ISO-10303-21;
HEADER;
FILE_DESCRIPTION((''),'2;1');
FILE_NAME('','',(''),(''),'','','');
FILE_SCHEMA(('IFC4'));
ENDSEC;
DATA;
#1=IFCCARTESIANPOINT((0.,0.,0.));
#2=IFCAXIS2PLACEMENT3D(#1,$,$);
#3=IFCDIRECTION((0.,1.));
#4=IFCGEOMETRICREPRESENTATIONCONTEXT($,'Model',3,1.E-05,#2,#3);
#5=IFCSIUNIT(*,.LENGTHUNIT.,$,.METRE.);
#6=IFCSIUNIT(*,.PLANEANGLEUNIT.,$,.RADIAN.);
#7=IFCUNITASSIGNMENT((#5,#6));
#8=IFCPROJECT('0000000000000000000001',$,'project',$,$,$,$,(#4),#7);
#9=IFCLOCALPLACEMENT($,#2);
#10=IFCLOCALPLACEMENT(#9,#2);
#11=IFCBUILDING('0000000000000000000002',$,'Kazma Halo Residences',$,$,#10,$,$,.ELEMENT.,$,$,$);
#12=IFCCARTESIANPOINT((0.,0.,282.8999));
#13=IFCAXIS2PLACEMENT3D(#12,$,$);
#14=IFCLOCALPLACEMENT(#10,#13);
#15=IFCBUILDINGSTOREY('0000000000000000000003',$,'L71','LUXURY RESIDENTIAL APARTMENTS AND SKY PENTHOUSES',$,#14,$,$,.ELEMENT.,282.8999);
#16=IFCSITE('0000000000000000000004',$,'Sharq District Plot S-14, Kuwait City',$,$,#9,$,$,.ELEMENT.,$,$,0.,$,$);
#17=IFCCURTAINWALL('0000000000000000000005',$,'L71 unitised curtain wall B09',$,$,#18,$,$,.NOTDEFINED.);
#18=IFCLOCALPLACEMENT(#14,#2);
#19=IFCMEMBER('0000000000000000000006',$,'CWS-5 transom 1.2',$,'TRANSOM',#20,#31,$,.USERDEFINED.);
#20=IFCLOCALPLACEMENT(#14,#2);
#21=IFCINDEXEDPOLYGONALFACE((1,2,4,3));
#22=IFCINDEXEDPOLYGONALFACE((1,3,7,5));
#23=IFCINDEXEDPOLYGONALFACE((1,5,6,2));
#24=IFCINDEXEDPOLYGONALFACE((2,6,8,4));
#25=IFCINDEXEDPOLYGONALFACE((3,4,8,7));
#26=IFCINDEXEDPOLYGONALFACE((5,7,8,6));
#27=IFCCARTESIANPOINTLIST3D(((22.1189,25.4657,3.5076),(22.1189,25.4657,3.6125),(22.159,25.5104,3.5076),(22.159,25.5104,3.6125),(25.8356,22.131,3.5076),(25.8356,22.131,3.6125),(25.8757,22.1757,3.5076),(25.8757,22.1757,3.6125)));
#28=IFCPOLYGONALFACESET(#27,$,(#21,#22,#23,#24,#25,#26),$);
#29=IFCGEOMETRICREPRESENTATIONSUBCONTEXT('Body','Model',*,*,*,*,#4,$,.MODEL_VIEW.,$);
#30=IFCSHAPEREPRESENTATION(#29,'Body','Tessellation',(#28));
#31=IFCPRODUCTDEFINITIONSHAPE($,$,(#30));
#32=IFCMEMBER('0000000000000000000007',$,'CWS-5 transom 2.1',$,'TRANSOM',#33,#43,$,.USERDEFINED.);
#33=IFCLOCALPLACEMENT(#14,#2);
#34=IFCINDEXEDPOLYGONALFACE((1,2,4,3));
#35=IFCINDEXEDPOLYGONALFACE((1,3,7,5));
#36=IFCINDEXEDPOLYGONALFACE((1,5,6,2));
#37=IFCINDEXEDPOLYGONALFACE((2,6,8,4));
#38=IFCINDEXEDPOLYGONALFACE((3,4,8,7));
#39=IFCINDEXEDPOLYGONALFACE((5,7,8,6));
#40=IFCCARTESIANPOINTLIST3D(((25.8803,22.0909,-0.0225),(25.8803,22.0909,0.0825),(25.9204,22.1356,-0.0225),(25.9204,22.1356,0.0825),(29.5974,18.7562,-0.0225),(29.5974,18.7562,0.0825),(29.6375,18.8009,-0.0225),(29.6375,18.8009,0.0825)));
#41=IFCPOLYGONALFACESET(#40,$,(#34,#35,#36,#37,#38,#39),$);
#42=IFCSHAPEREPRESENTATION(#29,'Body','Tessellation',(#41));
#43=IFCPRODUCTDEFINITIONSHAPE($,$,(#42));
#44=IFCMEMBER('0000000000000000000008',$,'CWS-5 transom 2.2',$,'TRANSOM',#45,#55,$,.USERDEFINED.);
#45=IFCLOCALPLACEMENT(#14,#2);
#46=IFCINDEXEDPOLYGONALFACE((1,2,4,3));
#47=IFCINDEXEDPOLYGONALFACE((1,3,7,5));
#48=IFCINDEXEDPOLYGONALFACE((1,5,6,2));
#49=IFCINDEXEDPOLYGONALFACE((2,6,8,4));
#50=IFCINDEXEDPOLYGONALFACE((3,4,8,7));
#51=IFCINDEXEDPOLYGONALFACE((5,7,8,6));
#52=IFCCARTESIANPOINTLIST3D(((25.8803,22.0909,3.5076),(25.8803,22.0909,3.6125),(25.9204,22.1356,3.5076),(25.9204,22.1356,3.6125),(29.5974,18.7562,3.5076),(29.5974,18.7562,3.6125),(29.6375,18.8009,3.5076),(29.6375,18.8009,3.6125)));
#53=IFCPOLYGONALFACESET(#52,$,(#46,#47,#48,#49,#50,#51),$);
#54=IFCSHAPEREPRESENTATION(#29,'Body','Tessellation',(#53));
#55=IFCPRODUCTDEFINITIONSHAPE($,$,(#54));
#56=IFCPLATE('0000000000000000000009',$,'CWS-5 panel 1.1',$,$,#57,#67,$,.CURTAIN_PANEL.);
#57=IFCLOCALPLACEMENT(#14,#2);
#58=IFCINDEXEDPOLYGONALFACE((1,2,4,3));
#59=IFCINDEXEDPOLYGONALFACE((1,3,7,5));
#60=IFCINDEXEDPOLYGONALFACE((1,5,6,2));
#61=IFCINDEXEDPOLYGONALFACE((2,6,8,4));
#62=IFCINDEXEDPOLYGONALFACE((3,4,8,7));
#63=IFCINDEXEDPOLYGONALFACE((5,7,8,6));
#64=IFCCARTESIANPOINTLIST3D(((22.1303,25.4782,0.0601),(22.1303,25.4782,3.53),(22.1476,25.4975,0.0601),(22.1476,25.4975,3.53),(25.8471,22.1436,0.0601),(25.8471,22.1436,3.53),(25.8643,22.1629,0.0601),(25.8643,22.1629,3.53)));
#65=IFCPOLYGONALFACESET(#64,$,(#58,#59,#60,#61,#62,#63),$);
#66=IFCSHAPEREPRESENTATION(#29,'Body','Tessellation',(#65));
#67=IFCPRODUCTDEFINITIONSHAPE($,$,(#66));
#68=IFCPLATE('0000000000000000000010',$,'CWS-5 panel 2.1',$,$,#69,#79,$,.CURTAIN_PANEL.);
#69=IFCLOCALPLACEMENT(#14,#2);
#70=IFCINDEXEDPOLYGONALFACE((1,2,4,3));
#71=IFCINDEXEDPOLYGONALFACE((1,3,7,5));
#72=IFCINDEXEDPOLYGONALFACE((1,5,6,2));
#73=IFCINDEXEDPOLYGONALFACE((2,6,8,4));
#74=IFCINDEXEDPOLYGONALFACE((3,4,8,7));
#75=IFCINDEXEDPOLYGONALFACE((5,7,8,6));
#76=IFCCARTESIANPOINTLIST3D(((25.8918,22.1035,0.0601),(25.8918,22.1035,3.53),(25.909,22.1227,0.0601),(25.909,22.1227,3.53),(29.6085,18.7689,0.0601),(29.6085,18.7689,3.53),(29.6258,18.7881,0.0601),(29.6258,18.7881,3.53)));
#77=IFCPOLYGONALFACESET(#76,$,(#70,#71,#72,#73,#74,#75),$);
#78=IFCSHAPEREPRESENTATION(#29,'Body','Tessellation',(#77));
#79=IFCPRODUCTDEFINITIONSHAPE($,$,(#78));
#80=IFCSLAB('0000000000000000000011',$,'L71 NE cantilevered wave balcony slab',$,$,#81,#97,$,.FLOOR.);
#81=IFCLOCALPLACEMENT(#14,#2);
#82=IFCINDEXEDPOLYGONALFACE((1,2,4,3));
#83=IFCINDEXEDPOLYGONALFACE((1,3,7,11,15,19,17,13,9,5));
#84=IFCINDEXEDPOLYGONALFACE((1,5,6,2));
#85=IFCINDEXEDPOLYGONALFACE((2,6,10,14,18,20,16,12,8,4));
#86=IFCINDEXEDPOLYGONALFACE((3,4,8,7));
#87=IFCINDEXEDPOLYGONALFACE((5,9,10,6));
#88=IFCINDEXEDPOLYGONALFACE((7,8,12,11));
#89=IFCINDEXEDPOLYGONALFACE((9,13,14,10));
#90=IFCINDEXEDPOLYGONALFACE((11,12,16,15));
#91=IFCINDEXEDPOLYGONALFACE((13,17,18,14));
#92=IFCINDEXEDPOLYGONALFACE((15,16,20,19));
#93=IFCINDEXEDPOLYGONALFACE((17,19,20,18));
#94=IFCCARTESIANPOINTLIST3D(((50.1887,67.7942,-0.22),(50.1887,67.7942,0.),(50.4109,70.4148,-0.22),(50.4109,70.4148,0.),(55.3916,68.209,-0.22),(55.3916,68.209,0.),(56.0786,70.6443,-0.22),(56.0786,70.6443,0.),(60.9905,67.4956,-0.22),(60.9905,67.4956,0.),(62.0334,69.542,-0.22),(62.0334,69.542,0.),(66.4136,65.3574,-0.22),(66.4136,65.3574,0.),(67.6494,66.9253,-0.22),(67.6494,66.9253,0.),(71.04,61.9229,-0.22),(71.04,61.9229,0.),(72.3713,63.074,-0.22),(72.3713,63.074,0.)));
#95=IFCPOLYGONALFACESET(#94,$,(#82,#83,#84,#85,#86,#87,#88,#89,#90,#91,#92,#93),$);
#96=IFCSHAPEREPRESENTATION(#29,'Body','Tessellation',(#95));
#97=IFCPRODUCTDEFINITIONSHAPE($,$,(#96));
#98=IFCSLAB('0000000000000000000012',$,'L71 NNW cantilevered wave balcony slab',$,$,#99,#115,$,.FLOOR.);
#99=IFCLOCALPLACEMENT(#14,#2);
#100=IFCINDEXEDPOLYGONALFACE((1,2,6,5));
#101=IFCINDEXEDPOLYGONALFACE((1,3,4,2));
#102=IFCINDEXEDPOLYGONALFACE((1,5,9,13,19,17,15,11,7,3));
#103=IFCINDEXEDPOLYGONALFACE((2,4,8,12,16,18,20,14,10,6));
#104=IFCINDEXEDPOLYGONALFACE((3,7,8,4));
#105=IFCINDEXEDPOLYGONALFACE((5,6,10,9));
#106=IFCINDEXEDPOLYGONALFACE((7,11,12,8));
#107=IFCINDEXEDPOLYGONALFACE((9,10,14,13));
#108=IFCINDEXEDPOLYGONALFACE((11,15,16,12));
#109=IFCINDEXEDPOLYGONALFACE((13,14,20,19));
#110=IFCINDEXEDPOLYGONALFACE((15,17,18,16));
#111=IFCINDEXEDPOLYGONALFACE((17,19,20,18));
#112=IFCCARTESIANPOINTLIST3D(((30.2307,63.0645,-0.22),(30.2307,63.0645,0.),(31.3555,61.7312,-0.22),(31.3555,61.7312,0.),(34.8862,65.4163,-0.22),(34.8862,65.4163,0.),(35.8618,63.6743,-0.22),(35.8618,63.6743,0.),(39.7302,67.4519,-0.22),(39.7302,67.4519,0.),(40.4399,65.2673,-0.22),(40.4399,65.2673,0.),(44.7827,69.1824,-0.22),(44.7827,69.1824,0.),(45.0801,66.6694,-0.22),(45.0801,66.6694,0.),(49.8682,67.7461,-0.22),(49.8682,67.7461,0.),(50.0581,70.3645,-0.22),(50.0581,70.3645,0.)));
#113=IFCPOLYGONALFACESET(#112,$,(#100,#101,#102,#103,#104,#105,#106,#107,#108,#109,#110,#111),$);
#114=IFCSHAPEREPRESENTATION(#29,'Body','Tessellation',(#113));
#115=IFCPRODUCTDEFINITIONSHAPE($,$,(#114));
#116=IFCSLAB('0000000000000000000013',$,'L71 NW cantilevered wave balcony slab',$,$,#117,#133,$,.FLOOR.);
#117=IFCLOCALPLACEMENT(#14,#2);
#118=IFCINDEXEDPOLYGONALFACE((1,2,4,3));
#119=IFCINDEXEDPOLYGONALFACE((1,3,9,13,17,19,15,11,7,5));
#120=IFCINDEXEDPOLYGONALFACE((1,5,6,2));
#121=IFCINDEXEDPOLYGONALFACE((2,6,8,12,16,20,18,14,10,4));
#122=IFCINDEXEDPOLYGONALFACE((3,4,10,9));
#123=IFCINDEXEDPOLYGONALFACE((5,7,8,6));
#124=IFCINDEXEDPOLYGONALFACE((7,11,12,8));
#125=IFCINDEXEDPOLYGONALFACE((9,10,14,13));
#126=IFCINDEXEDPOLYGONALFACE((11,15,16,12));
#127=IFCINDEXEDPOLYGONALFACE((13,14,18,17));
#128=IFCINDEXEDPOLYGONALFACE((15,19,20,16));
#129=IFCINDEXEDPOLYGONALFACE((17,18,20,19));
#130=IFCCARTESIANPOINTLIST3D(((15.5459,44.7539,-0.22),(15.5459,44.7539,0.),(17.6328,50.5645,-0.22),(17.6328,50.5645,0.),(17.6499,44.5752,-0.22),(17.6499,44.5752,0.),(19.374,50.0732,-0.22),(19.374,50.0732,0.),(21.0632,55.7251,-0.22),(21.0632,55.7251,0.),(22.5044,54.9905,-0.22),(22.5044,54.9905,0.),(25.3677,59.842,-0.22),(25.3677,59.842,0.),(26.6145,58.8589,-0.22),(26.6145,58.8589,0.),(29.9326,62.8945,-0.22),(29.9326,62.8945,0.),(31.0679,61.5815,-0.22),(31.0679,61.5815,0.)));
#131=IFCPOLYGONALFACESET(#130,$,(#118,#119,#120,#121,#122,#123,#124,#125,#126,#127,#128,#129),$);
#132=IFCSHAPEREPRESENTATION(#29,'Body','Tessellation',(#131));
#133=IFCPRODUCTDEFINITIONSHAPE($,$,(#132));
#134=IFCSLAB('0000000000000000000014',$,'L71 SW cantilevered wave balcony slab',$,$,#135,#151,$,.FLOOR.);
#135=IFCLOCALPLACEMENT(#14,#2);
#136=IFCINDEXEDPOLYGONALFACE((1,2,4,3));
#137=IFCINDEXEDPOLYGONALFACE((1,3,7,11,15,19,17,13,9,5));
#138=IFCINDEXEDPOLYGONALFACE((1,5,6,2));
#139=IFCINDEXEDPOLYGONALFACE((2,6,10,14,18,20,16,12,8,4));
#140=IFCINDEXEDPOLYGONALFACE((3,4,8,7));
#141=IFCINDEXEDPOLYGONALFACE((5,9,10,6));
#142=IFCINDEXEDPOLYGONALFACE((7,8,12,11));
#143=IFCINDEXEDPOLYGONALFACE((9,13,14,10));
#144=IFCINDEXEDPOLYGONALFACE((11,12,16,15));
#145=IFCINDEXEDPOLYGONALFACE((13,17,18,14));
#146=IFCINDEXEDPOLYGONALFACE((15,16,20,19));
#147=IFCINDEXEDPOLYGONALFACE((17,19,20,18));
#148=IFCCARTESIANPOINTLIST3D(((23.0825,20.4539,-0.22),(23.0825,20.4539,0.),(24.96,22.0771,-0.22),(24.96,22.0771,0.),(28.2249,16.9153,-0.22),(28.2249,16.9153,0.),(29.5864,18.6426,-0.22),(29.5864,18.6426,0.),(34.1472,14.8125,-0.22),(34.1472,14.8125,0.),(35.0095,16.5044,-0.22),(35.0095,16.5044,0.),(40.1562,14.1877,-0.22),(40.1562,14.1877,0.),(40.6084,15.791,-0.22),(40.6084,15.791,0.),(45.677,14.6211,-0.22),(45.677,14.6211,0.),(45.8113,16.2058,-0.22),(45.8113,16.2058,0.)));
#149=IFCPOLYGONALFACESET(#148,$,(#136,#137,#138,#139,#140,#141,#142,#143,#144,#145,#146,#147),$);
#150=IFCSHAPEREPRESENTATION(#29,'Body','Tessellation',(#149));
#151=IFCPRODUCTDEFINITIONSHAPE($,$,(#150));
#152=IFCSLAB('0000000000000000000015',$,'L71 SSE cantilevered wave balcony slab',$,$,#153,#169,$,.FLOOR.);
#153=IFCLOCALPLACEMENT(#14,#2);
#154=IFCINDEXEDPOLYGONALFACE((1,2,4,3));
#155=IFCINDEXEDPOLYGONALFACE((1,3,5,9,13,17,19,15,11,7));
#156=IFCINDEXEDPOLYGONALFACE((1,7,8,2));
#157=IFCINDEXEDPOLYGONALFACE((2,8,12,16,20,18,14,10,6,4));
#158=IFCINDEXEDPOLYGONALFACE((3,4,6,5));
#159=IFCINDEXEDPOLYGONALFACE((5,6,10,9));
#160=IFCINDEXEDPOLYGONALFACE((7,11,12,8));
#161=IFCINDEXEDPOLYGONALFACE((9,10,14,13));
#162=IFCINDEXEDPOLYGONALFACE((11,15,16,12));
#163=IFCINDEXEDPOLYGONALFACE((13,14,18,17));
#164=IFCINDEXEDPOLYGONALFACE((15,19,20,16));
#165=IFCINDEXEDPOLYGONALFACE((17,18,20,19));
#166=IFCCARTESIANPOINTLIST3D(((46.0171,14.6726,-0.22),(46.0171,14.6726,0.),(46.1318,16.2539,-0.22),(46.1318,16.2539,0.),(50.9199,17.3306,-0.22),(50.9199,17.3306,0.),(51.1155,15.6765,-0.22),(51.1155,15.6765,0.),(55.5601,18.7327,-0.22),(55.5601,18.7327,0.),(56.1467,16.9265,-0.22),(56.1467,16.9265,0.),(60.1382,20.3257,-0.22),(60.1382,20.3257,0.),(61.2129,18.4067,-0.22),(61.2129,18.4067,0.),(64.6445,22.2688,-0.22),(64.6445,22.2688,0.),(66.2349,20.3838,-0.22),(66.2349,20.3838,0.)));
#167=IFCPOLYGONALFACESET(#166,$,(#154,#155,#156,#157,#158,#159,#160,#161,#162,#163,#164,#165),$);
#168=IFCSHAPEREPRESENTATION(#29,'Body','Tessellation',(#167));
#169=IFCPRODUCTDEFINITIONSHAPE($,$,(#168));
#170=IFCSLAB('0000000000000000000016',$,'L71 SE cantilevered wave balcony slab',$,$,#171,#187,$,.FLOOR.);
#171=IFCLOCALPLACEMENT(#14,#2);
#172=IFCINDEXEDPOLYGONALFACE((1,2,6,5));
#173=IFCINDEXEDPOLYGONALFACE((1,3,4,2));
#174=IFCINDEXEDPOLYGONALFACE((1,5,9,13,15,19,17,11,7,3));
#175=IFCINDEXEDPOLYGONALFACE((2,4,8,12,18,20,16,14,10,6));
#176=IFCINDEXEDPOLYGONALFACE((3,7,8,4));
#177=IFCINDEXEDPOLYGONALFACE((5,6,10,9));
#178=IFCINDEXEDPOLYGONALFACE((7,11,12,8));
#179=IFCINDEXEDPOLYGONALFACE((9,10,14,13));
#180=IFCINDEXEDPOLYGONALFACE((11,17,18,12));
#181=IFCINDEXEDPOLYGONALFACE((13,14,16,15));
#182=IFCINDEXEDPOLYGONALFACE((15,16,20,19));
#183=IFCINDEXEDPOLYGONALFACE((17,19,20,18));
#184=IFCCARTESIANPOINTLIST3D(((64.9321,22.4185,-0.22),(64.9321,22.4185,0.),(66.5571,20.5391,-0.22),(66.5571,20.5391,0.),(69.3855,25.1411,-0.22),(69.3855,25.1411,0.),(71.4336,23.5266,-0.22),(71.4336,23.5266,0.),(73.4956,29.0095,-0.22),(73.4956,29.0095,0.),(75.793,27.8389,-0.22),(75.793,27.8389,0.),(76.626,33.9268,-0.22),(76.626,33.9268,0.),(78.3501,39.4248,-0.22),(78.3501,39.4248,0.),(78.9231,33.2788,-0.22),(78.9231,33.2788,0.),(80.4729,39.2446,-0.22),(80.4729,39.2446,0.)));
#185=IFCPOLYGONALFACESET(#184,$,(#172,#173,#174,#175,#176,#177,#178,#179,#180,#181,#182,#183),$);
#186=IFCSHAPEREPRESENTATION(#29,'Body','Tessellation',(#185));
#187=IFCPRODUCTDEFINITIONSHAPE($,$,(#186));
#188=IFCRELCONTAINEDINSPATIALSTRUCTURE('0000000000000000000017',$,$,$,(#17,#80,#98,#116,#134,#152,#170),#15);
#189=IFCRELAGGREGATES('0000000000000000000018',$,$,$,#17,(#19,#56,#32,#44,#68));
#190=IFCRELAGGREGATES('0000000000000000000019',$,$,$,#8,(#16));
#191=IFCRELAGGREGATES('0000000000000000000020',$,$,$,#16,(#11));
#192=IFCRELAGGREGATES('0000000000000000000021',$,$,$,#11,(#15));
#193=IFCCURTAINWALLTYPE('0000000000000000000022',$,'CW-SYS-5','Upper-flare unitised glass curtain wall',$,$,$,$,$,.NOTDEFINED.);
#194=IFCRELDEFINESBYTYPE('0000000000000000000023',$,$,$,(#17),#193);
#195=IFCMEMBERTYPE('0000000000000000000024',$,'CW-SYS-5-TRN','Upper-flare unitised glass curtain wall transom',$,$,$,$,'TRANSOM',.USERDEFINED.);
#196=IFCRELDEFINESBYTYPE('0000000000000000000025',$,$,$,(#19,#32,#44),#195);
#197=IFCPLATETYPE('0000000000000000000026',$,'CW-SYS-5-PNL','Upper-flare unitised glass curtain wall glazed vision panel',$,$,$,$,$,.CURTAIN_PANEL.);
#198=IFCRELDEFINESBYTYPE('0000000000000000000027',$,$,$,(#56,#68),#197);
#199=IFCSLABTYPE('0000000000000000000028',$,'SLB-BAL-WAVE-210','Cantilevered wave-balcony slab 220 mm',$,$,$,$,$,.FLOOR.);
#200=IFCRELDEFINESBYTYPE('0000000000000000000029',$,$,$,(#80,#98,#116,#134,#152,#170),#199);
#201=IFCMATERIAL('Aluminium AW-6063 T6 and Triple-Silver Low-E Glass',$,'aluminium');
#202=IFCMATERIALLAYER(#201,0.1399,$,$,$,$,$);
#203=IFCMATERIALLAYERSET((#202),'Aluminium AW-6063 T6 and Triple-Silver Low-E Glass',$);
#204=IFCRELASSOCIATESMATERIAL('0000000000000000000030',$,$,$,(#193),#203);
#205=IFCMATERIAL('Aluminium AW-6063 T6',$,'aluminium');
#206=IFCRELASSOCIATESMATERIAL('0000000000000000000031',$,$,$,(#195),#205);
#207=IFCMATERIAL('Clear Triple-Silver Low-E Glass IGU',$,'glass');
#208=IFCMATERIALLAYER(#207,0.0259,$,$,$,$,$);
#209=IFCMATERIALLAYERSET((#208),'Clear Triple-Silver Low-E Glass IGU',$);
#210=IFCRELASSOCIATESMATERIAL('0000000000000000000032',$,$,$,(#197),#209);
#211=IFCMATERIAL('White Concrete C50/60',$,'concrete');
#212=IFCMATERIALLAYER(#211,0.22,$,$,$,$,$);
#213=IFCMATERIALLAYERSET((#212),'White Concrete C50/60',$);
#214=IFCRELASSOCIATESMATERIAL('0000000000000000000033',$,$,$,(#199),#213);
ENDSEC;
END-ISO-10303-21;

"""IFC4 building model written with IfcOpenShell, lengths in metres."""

from ifc_helpers import new_model, si_unit, direction, frame, origin, origin_2d, place, context, subcontext, project, spatial, polyline, rectangle, outline, extrude, material, layer, layer_set, material_profile, profile_set, type_object, element, aggregate, save


model = new_model("IFC4")

# Units and contexts
model_context = context("Model", 3, precision=1e-05, world=origin(), true_north=direction((0.0, 1.0)))
body_context = subcontext(model_context, "Body", "Model", "MODEL_VIEW")
ifc_project = project(units=[si_unit("LENGTHUNIT", "METRE"), si_unit("PLANEANGLEUNIT", "RADIAN")], contexts=[model_context])

# Site, building, storey
site_placement = place(None, origin())
site = spatial("IfcSite", under=ifc_project, at=site_placement, Name="Sharq District Plot S-14, Kuwait City", CompositionType="ELEMENT", RefElevation=0.0)
building_placement = place(site_placement, origin())
building = spatial("IfcBuilding", under=site, at=building_placement, Name="Kazma Halo Residences", CompositionType="ELEMENT")
storey_placement = place(building_placement, frame((0.0, 0.0, 282.8999)))
storey = spatial("IfcBuildingStorey", under=building, at=storey_placement, Name="L71", Description="LUXURY RESIDENTIAL APARTMENTS AND SKY PENTHOUSES", CompositionType="ELEMENT", Elevation=282.8999)

# Curtain wall, members, plates
ifc_material_1 = material(Name="Aluminium AW-6063 T6 and Triple-Silver Low-E Glass", Category="aluminium")
ifc_layer_1 = layer(ifc_material_1, 0.1399)
ifc_layer_set_1 = layer_set([ifc_layer_1], Name="Aluminium AW-6063 T6 and Triple-Silver Low-E Glass")
curtain_wall_type = type_object("IfcCurtainWallType", Name="CW-SYS-5", Description="Upper-flare unitised glass curtain wall", PredefinedType="NOTDEFINED", material=ifc_layer_set_1)
curtain_wall_placement = place(storey_placement, origin())
curtain_wall = element("IfcCurtainWall", 1, at=curtain_wall_placement, inside=storey, type_object=curtain_wall_type, Name="L71 unitised curtain wall B09", PredefinedType="NOTDEFINED")
ifc_material_2 = material(Name="Aluminium AW-6063 T6", Category="aluminium")
ifc_material_profile_1 = material_profile(ifc_material_2, rectangle(XDim=0.0601, YDim=0.105, at=origin_2d()), Name="CWT-60x105")
ifc_profile_set_1 = profile_set([ifc_material_profile_1], Name="Aluminium AW-6063 T6")
member_type_1 = type_object("IfcMemberType", Name="CW-SYS-5-TRN", Description="Upper-flare unitised glass curtain wall transom", ElementType="TRANSOM", PredefinedType="USERDEFINED", material=ifc_profile_set_1)
member_1_placement = place(storey_placement, frame((22.1389, 25.488, 3.5601), z_axis=(0.744329, -0.667813, 0.0), x_axis=(0.667813, 0.744329, 0.0)))
member_1 = element("IfcMember", 2, at=member_1_placement, type_object=member_type_1, Name="CWS-5 transom 1.2", ObjectType="TRANSOM", PredefinedType="USERDEFINED", context=body_context, shape_type="SweptSolid", body=[
    extrude(rectangle(XDim=0.0601, YDim=0.105, at=origin_2d()), origin(), (0.0, 0.0, 1.0), 4.9934),
])
member_2_placement = place(storey_placement, frame((25.9004, 22.1133, 0.03), z_axis=(0.744351, -0.667789, 0.0), x_axis=(0.667789, 0.744351, 0.0)))
member_2 = element("IfcMember", 3, at=member_2_placement, type_object=member_type_1, Name="CWS-5 transom 2.1", ObjectType="TRANSOM", PredefinedType="USERDEFINED", context=body_context, shape_type="SweptSolid", body=[
    extrude(rectangle(XDim=0.0601, YDim=0.105, at=origin_2d()), origin(), (0.0, 0.0, 1.0), 4.9937),
])
member_3_placement = place(storey_placement, frame((25.9004, 22.1133, 3.5601), z_axis=(0.744351, -0.667789, 0.0), x_axis=(0.667789, 0.744351, 0.0)))
member_3 = element("IfcMember", 4, at=member_3_placement, type_object=member_type_1, Name="CWS-5 transom 2.2", ObjectType="TRANSOM", PredefinedType="USERDEFINED", context=body_context, shape_type="SweptSolid", body=[
    extrude(rectangle(XDim=0.0601, YDim=0.105, at=origin_2d()), origin(), (0.0, 0.0, 1.0), 4.9937),
])
ifc_material_3 = material(Name="Clear Triple-Silver Low-E Glass IGU", Category="glass")
ifc_layer_2 = layer(ifc_material_3, 0.0259)
ifc_layer_set_2 = layer_set([ifc_layer_2], Name="Clear Triple-Silver Low-E Glass IGU")
plate_type = type_object("IfcPlateType", Name="CW-SYS-5-PNL", Description="Upper-flare unitised glass curtain wall glazed vision panel", PredefinedType="CURTAIN_PANEL", material=ifc_layer_set_2)
plate_1_placement = place(storey_placement, frame((23.9973, 23.8206, 0.0601), z_axis=(0.0, 0.0, 1.0), x_axis=(0.744336, -0.667805, 0.0)))
plate_1 = element("IfcPlate", 5, at=plate_1_placement, type_object=plate_type, Name="CWS-5 panel 1.1", PredefinedType="CURTAIN_PANEL", context=body_context, shape_type="SweptSolid", body=[
    extrude(rectangle(XDim=4.9934, YDim=0.0259, at=origin_2d()), origin(), (0.0, 0.0, 1.0), 3.47),
])
plate_2_placement = place(storey_placement, frame((27.7588, 20.4458, 0.0601), z_axis=(0.0, 0.0, 1.0), x_axis=(0.744336, -0.667805, 0.0)))
plate_2 = element("IfcPlate", 6, at=plate_2_placement, type_object=plate_type, Name="CWS-5 panel 2.1", PredefinedType="CURTAIN_PANEL", context=body_context, shape_type="SweptSolid", body=[
    extrude(rectangle(XDim=4.9934, YDim=0.0259, at=origin_2d()), origin(), (0.0, 0.0, 1.0), 3.47),
])
aggregate(curtain_wall, [member_1, plate_1, member_2, member_3, plate_2])

# Slabs
ifc_material_4 = material(Name="White Concrete C50/60", Category="concrete")
ifc_layer_3 = layer(ifc_material_4, 0.22)
ifc_layer_set_3 = layer_set([ifc_layer_3], Name="White Concrete C50/60")
slab_type_1 = type_object("IfcSlabType", Name="SLB-BAL-WAVE-210", Description="Cantilevered wave-balcony slab 220 mm", PredefinedType="FLOOR", material=ifc_layer_set_3)
slab_1_placement = place(storey_placement, frame((0.0, 0.0, -0.22)))
element("IfcSlab", 7, at=slab_1_placement, inside=storey, type_object=slab_type_1, Name="L71 NE cantilevered wave balcony slab", PredefinedType="FLOOR", context=body_context, shape_type="SweptSolid", body=[
    extrude(outline(polyline([(71.04, 61.9229), (66.4136, 65.3574), (60.9905, 67.4956), (55.3916, 68.209), (50.1887, 67.7942), (50.4109, 70.4148), (56.0786, 70.6443), (62.0334, 69.542), (67.6494, 66.9253), (72.3713, 63.074), (71.04, 61.9229)])), origin(), (0.0, 0.0, 1.0), 0.22),
])
slab_2_placement = place(storey_placement, frame((0.0, 0.0, -0.22)))
element("IfcSlab", 8, at=slab_2_placement, inside=storey, type_object=slab_type_1, Name="L71 NNW cantilevered wave balcony slab", PredefinedType="FLOOR", context=body_context, shape_type="SweptSolid", body=[
    extrude(outline(polyline([(49.8682, 67.7461), (45.0801, 66.6694), (40.4399, 65.2673), (35.8618, 63.6743), (31.3555, 61.7312), (30.2307, 63.0645), (34.8862, 65.4163), (39.7302, 67.4519), (44.7827, 69.1824), (50.0581, 70.3645), (49.8682, 67.7461)])), origin(), (0.0, 0.0, 1.0), 0.22),
])
slab_3_placement = place(storey_placement, frame((0.0, 0.0, -0.22)))
element("IfcSlab", 9, at=slab_3_placement, inside=storey, type_object=slab_type_1, Name="L71 NW cantilevered wave balcony slab", PredefinedType="FLOOR", context=body_context, shape_type="SweptSolid", body=[
    extrude(outline(polyline([(31.0679, 61.5815), (26.6145, 58.8589), (22.5044, 54.9905), (19.374, 50.0732), (17.6499, 44.5752), (15.5459, 44.7539), (17.6328, 50.5645), (21.0632, 55.7251), (25.3677, 59.842), (29.9326, 62.8945), (31.0679, 61.5815)])), origin(), (0.0, 0.0, 1.0), 0.22),
])
slab_4_placement = place(storey_placement, frame((0.0, 0.0, -0.22)))
element("IfcSlab", 10, at=slab_4_placement, inside=storey, type_object=slab_type_1, Name="L71 SW cantilevered wave balcony slab", PredefinedType="FLOOR", context=body_context, shape_type="SweptSolid", body=[
    extrude(outline(polyline([(24.96, 22.0771), (29.5864, 18.6426), (35.0095, 16.5044), (40.6084, 15.791), (45.8113, 16.2058), (45.677, 14.6211), (40.1562, 14.1877), (34.1472, 14.8125), (28.2249, 16.9153), (23.0825, 20.4539), (24.96, 22.0771)])), origin(), (0.0, 0.0, 1.0), 0.22),
])
slab_5_placement = place(storey_placement, frame((0.0, 0.0, -0.22)))
element("IfcSlab", 11, at=slab_5_placement, inside=storey, type_object=slab_type_1, Name="L71 SSE cantilevered wave balcony slab", PredefinedType="FLOOR", context=body_context, shape_type="SweptSolid", body=[
    extrude(outline(polyline([(46.1318, 16.2539), (50.9199, 17.3306), (55.5601, 18.7327), (60.1382, 20.3257), (64.6445, 22.2688), (66.2349, 20.3838), (61.2129, 18.4067), (56.1467, 16.9265), (51.1155, 15.6765), (46.0171, 14.6726), (46.1318, 16.2539)])), origin(), (0.0, 0.0, 1.0), 0.22),
])
slab_6_placement = place(storey_placement, frame((0.0, 0.0, -0.22)))
element("IfcSlab", 12, at=slab_6_placement, inside=storey, type_object=slab_type_1, Name="L71 SE cantilevered wave balcony slab", PredefinedType="FLOOR", context=body_context, shape_type="SweptSolid", body=[
    extrude(outline(polyline([(64.9321, 22.4185), (69.3855, 25.1411), (73.4956, 29.0095), (76.626, 33.9268), (78.3501, 39.4248), (80.4729, 39.2446), (78.9231, 33.2788), (75.793, 27.8389), (71.4336, 23.5266), (66.5571, 20.5391), (64.9321, 22.4185)])), origin(), (0.0, 0.0, 1.0), 0.22),
])

save(model, "model.ifc")
